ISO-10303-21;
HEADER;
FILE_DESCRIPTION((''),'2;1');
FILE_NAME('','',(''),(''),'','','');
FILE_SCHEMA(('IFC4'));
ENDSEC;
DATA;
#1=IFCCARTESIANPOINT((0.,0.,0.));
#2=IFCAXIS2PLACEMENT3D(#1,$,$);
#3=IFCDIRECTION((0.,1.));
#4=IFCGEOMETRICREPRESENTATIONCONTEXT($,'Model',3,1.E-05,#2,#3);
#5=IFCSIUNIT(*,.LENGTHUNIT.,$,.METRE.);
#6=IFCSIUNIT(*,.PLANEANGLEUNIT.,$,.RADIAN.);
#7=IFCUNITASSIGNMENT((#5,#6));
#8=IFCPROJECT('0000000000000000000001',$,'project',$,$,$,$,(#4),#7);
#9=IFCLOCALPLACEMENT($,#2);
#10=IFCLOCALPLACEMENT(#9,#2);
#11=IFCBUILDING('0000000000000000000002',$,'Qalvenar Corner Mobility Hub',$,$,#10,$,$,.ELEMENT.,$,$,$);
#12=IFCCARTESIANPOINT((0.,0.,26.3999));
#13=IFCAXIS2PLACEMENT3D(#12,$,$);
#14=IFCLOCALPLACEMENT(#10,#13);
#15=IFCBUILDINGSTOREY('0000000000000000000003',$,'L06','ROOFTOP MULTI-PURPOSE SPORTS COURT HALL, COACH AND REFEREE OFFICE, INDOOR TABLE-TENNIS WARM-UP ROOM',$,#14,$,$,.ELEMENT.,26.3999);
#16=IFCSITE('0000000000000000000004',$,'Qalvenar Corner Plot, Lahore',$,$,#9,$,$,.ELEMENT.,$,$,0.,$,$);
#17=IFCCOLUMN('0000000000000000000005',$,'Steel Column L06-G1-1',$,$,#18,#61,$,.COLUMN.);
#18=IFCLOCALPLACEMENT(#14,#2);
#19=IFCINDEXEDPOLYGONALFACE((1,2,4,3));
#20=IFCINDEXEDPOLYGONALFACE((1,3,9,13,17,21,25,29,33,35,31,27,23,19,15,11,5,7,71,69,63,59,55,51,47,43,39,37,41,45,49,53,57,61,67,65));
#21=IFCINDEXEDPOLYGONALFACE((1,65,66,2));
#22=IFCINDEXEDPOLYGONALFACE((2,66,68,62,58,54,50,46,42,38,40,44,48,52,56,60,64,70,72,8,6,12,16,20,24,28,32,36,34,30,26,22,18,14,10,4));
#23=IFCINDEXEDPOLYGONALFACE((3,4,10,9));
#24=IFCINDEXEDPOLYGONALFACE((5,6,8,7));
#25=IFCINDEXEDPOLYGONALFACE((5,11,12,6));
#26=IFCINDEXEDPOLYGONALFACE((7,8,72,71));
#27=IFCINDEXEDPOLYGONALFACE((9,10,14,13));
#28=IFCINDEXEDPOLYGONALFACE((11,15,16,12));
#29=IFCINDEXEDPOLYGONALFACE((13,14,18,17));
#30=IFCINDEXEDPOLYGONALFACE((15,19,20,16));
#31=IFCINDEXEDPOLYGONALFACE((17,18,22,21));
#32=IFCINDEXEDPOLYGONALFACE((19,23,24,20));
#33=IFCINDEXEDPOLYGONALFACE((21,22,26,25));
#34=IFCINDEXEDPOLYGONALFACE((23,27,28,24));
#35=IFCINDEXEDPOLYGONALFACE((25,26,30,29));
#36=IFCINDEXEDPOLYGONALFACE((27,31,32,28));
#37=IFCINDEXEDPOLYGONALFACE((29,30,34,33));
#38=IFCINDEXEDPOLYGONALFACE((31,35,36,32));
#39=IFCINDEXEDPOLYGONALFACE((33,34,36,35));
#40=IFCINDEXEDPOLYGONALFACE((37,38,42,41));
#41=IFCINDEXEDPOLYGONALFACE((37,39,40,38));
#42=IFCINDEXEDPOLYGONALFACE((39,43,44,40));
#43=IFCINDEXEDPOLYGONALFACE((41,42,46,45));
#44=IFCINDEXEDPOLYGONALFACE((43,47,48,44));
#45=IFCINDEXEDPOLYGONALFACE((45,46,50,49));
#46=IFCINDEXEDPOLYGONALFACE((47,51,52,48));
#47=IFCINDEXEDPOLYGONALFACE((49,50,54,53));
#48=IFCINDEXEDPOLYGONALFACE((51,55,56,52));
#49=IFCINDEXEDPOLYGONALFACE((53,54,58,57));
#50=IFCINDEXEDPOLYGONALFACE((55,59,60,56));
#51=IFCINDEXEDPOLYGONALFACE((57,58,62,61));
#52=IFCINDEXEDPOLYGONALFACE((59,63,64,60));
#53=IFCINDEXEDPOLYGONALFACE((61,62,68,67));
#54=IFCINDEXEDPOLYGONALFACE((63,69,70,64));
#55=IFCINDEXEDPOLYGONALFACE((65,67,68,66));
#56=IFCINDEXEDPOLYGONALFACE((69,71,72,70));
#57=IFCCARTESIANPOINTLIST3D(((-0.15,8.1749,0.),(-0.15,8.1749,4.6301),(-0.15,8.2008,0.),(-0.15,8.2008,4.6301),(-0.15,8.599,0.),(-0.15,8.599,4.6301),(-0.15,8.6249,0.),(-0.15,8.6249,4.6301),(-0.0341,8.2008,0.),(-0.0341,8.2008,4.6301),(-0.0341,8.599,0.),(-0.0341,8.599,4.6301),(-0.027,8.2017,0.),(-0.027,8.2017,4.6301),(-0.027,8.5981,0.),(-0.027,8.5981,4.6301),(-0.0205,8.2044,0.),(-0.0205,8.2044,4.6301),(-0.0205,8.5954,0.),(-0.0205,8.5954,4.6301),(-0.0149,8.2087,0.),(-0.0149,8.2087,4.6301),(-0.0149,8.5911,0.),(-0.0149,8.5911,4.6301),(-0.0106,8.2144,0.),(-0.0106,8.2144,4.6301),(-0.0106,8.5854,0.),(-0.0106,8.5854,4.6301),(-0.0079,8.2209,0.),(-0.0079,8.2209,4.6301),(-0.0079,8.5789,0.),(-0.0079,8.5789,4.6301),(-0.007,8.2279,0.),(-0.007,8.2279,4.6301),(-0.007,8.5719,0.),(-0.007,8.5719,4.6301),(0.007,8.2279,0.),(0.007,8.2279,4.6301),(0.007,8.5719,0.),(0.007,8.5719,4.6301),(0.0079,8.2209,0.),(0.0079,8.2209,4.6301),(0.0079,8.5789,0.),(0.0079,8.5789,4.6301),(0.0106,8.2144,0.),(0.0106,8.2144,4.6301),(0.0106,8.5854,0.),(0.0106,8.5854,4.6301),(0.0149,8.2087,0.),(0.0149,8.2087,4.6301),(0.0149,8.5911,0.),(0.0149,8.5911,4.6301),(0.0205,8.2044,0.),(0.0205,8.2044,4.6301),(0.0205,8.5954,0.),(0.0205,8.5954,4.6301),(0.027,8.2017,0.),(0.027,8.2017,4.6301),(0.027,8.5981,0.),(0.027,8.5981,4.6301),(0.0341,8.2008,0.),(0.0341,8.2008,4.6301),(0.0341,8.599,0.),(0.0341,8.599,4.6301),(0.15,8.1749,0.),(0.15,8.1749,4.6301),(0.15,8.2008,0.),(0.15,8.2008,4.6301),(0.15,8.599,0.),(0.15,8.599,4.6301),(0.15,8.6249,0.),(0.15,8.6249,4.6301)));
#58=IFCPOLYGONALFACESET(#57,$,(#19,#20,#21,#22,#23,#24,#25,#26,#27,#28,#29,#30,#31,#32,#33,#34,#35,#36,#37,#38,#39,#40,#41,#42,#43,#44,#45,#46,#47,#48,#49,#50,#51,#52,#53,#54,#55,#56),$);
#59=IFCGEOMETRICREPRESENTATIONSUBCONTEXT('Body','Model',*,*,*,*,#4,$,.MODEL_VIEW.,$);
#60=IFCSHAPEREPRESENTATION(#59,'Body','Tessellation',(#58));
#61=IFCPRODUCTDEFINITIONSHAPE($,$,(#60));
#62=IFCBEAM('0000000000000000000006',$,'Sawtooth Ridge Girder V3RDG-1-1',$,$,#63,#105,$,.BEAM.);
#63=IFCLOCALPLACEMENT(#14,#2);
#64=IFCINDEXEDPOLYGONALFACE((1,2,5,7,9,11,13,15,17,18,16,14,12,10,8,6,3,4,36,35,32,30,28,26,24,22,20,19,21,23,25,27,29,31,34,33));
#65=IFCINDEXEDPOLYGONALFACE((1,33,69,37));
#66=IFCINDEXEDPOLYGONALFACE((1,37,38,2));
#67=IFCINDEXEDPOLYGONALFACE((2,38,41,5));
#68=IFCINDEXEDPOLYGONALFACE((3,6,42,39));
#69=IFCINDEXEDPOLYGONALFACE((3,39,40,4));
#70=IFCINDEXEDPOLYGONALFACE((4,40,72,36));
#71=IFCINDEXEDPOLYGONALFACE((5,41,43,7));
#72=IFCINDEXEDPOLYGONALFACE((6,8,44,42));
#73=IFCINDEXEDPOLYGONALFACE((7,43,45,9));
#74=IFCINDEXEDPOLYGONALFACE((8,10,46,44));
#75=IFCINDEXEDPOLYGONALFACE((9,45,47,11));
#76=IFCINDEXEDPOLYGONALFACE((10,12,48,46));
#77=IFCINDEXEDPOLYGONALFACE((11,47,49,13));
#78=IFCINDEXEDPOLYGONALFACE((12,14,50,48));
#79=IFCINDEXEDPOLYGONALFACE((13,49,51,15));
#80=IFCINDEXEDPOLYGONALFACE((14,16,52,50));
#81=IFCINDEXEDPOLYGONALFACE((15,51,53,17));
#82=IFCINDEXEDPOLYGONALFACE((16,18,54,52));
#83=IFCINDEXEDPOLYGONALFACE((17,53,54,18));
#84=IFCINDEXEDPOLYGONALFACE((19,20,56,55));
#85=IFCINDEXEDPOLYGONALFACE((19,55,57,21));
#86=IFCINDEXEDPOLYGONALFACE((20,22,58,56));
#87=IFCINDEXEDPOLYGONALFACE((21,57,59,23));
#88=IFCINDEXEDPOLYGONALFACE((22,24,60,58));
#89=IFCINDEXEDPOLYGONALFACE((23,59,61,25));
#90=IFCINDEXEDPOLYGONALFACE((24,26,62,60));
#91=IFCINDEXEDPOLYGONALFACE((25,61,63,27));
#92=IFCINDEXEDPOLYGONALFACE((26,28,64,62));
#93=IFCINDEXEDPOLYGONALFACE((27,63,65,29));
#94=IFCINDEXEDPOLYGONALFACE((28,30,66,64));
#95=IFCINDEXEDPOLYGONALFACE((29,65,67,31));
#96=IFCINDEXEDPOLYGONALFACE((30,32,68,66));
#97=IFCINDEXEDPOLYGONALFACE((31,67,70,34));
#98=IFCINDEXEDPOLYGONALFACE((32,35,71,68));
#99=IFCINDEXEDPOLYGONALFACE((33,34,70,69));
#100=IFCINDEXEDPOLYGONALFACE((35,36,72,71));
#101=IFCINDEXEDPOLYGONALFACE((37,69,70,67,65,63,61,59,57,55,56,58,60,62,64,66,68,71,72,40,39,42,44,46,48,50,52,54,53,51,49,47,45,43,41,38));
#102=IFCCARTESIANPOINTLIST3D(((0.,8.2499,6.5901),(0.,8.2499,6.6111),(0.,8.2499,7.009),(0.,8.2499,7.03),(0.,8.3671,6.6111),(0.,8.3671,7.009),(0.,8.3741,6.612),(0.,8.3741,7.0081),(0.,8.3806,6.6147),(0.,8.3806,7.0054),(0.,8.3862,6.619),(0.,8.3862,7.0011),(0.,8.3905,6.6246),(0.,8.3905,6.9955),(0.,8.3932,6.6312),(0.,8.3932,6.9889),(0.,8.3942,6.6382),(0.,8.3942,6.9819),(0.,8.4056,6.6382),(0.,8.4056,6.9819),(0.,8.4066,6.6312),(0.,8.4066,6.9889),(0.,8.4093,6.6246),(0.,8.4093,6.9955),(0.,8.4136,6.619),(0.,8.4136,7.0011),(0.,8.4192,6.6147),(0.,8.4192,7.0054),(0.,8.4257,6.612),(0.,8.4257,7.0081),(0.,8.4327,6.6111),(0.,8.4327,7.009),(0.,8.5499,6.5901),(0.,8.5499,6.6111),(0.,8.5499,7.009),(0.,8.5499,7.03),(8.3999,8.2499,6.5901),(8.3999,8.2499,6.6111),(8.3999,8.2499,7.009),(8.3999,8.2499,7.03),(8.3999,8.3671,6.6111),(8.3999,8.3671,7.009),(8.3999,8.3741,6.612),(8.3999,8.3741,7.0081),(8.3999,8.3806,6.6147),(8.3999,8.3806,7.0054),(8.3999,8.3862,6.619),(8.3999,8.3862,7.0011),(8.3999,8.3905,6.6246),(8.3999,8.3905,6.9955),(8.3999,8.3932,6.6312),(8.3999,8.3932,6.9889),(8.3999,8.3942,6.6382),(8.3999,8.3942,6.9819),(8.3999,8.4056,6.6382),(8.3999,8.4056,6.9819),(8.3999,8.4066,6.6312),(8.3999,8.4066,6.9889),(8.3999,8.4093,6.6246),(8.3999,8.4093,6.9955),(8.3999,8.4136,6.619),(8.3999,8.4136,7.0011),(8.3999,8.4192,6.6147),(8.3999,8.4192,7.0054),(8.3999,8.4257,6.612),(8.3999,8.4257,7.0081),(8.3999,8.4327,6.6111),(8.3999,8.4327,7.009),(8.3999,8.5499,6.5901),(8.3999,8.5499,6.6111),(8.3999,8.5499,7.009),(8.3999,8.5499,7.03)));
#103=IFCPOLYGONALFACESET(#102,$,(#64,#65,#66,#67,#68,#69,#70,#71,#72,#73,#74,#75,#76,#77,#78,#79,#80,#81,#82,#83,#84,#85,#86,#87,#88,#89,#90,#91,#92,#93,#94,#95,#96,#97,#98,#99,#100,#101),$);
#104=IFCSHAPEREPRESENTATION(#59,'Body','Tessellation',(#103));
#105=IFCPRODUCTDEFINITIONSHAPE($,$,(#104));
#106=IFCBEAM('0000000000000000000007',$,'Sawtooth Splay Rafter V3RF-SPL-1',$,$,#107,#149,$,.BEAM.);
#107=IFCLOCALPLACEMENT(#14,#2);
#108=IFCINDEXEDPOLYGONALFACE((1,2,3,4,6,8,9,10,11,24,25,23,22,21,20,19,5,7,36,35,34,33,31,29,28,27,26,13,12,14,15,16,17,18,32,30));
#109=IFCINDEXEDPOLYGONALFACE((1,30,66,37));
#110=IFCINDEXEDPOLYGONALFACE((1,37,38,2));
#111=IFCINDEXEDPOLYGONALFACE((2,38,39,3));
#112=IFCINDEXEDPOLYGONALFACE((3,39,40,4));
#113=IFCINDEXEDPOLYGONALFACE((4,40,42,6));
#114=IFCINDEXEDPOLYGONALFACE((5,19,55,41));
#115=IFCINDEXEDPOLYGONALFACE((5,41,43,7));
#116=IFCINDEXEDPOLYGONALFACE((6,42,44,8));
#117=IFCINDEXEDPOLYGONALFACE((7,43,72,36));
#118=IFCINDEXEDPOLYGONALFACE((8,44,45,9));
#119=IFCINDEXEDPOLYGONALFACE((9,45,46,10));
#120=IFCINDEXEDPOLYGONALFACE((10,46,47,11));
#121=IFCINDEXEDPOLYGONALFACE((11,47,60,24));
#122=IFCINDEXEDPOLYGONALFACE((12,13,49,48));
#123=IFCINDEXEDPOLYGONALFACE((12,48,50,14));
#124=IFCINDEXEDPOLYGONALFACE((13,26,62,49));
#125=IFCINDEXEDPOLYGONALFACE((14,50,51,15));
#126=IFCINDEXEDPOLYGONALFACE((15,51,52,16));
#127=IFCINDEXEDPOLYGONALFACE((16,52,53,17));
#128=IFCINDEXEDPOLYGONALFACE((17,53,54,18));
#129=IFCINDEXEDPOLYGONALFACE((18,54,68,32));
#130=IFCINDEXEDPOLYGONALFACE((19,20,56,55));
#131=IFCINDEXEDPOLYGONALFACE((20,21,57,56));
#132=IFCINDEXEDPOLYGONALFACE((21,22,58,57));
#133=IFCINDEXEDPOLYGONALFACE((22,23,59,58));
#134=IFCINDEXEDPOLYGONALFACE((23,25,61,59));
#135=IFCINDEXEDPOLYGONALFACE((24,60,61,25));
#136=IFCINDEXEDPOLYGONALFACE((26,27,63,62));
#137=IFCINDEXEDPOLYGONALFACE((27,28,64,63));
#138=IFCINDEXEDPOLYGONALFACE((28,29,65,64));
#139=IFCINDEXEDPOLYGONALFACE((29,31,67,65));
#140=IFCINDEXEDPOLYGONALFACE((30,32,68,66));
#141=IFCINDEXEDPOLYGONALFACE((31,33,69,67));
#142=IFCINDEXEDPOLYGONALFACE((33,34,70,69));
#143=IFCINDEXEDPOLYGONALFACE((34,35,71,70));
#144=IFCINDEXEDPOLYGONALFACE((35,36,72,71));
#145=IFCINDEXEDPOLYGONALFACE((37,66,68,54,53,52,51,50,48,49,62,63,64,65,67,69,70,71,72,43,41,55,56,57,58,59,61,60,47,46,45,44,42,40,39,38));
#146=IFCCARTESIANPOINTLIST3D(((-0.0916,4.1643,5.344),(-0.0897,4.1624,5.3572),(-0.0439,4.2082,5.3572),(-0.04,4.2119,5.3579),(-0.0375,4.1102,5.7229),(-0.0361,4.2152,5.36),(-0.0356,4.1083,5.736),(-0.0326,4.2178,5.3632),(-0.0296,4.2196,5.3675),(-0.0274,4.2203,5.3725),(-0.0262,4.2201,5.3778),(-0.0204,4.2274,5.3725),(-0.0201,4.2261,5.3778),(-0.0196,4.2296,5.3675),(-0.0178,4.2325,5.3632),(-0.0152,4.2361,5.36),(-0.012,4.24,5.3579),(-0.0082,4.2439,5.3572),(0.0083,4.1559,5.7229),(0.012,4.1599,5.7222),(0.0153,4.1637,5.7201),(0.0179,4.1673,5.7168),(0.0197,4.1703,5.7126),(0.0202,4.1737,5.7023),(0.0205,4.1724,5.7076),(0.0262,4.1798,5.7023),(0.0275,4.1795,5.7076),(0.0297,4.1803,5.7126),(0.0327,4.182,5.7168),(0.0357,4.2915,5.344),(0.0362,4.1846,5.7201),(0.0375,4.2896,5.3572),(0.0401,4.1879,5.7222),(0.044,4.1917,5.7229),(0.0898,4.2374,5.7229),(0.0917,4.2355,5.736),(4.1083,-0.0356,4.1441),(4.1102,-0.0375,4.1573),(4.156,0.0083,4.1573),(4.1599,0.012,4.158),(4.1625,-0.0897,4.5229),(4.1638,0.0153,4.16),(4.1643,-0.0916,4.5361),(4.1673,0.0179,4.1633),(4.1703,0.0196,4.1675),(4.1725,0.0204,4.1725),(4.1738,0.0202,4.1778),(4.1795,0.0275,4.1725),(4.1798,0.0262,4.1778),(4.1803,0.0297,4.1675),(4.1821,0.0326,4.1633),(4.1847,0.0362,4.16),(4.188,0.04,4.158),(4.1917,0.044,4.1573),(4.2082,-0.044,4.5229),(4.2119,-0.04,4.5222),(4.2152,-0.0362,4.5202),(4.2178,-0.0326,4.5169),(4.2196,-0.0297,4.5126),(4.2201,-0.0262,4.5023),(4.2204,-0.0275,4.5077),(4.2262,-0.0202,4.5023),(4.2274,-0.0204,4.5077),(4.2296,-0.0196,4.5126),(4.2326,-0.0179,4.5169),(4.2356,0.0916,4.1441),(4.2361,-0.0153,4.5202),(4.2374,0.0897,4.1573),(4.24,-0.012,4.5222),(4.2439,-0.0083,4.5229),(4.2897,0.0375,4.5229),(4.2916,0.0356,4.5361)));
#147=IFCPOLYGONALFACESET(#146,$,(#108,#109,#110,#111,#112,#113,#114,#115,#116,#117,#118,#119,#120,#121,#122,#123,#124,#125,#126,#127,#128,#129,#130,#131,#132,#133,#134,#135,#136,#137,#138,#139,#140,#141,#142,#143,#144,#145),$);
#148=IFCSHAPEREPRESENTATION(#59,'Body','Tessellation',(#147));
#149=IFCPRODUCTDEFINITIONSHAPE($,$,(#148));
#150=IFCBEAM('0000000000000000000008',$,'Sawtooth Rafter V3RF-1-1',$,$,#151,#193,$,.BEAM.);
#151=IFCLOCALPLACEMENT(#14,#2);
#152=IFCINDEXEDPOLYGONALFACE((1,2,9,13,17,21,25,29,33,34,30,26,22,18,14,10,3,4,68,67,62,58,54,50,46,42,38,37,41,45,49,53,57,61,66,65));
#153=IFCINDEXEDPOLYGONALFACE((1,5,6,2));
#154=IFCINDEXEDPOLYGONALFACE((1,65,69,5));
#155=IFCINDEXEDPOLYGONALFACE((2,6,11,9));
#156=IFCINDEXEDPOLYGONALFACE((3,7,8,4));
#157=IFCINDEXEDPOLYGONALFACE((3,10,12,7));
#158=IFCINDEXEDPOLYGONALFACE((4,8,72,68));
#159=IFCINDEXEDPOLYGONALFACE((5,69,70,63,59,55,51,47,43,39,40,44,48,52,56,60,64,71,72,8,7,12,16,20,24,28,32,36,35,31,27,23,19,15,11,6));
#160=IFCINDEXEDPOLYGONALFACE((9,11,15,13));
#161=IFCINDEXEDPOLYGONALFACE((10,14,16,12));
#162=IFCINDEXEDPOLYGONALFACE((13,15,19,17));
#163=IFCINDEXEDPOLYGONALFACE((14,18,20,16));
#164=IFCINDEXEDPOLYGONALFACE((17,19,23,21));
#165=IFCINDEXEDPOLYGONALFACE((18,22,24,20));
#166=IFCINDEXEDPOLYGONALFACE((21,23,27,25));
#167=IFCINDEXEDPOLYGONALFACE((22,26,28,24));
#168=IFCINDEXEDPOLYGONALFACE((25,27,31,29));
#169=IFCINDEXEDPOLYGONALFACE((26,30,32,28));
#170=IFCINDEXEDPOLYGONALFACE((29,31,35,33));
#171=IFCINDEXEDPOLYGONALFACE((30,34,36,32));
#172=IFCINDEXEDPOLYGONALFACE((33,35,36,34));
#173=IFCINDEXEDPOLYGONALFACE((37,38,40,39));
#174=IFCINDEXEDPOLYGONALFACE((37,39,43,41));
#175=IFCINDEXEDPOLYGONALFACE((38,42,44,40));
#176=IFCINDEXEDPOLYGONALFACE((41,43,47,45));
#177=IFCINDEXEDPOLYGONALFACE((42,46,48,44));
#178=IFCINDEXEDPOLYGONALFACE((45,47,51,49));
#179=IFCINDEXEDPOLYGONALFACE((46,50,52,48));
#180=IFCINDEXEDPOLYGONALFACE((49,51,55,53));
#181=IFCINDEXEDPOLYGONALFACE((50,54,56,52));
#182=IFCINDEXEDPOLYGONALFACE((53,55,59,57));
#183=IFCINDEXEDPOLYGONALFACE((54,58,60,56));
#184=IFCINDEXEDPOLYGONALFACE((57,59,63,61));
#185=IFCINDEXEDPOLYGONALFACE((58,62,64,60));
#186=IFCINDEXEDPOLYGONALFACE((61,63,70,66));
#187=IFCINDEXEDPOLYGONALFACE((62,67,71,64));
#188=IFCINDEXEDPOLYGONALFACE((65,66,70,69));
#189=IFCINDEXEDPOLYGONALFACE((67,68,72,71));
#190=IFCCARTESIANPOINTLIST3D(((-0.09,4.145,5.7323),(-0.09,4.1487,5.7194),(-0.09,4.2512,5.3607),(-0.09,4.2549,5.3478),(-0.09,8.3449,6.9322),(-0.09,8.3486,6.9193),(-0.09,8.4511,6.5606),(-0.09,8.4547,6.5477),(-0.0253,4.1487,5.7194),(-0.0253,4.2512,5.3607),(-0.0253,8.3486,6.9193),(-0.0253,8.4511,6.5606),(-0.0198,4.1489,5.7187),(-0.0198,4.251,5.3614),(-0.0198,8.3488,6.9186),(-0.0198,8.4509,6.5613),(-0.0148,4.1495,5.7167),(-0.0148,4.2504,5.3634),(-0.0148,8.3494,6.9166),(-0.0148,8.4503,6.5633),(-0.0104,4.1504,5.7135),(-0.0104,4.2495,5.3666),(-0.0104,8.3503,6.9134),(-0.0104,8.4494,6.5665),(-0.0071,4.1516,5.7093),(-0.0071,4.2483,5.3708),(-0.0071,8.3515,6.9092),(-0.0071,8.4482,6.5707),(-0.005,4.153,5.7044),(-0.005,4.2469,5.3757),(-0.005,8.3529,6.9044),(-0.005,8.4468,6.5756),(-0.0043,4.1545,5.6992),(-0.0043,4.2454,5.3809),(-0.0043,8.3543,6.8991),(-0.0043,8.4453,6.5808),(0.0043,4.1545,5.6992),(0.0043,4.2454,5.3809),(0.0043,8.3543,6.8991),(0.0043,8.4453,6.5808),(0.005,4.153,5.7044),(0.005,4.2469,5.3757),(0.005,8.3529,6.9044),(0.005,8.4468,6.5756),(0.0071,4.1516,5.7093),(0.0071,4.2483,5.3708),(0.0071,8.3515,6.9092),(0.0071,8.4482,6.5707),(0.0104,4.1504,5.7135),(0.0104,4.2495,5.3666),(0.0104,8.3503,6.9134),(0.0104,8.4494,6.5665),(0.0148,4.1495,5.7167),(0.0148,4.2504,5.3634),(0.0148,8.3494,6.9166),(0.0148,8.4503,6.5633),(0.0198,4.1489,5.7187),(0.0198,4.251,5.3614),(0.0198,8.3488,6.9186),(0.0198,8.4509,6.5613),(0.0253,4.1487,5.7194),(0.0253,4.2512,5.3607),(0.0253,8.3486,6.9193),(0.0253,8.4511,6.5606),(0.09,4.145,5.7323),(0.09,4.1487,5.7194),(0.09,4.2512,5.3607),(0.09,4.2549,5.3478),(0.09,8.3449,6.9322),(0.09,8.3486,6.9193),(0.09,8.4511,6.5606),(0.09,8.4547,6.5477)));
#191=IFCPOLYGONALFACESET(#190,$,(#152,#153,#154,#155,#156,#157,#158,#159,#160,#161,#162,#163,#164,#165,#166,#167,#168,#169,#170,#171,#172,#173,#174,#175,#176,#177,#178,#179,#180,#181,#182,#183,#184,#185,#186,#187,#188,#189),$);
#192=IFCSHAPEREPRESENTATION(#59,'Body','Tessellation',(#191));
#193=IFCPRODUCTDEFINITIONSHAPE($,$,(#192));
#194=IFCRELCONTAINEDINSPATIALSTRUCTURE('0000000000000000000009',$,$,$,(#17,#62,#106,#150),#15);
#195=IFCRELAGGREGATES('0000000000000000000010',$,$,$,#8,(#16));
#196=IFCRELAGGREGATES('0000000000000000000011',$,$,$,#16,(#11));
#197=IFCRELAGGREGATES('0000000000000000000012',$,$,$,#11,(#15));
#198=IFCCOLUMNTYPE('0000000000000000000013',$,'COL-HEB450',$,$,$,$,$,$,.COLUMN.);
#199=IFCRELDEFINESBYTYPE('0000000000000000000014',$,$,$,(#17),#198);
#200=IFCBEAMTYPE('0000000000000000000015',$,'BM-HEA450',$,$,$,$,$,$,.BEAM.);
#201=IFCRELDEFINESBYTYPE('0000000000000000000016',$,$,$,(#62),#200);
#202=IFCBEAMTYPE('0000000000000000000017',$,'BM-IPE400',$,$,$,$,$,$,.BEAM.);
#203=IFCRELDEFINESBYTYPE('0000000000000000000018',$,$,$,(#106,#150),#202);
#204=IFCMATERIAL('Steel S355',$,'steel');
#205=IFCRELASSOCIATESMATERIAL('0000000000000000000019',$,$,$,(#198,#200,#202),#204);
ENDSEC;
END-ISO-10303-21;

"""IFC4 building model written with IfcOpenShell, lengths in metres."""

from ifc_helpers import new_model, si_unit, direction, frame, origin, origin_2d, place, context, subcontext, project, spatial, i_section, extrude, material, material_profile, profile_set, type_object, element, save


model = new_model("IFC4")

# Units and contexts
model_context = context("Model", 3, precision=1e-05, world=origin(), true_north=direction((0.0, 1.0)))
body_context = subcontext(model_context, "Body", "Model", "MODEL_VIEW")
ifc_project = project(units=[si_unit("LENGTHUNIT", "METRE"), si_unit("PLANEANGLEUNIT", "RADIAN")], contexts=[model_context])

# Site, building, storey
site_placement = place(None, origin())
site = spatial("IfcSite", under=ifc_project, at=site_placement, Name="Qalvenar Corner Plot, Lahore", CompositionType="ELEMENT", RefElevation=0.0)
building_placement = place(site_placement, origin())
building = spatial("IfcBuilding", under=site, at=building_placement, Name="Qalvenar Corner Mobility Hub", CompositionType="ELEMENT")
storey_placement = place(building_placement, frame((0.0, 0.0, 26.3999)))
storey = spatial("IfcBuildingStorey", under=building, at=storey_placement, Name="L06", Description="ROOFTOP MULTI-PURPOSE SPORTS COURT HALL, COACH AND REFEREE OFFICE, INDOOR TABLE-TENNIS WARM-UP ROOM", CompositionType="ELEMENT", Elevation=26.3999)

# Column
ifc_material_1 = material(Name="Steel S355", Category="steel")
ifc_material_profile_1 = material_profile(ifc_material_1, i_section(OverallWidth=0.3, OverallDepth=0.45, WebThickness=0.0139, FlangeThickness=0.0259, FilletRadius=0.0271, at=origin_2d()), Name="HEB450")
ifc_profile_set_1 = profile_set([ifc_material_profile_1], Name="Steel S355")
column_type_1 = type_object("IfcColumnType", Name="COL-HEB450", PredefinedType="COLUMN", material=ifc_profile_set_1)
column_1_placement = place(storey_placement, frame((0.0, 8.3999, 0.0), z_axis=(0.0, 0.0, 1.0), x_axis=(1.0, 0.0, 0.0)))
element("IfcColumn", 1, at=column_1_placement, inside=storey, type_object=column_type_1, Name="Steel Column L06-G1-1", PredefinedType="COLUMN", context=body_context, shape_type="SweptSolid", body=[
    extrude(i_section(OverallWidth=0.3, OverallDepth=0.45, WebThickness=0.0139, FlangeThickness=0.0259, FilletRadius=0.0271, at=origin_2d()), origin(), (0.0, 0.0, 1.0), 4.6301),
])

# Beams
ifc_material_profile_2 = material_profile(ifc_material_1, i_section(OverallWidth=0.3, OverallDepth=0.4399, WebThickness=0.0115, FlangeThickness=0.021, FilletRadius=0.0271, at=origin_2d()), Name="HEA450")
ifc_profile_set_2 = profile_set([ifc_material_profile_2], Name="Steel S355")
beam_type_1 = type_object("IfcBeamType", Name="BM-HEA450", PredefinedType="BEAM", material=ifc_profile_set_2)
beam_1_placement = place(storey_placement, frame((0.0, 8.3999, 6.8101), z_axis=(1.0, 0.0, 0.0), x_axis=(0.0, 1.0, 0.0)))
element("IfcBeam", 2, at=beam_1_placement, inside=storey, type_object=beam_type_1, Name="Sawtooth Ridge Girder V3RDG-1-1", PredefinedType="BEAM", context=body_context, shape_type="SweptSolid", body=[
    extrude(i_section(OverallWidth=0.3, OverallDepth=0.4399, WebThickness=0.0115, FlangeThickness=0.021, FilletRadius=0.0271, at=origin_2d()), origin(), (0.0, 0.0, 1.0), 8.3999),
])
ifc_material_profile_3 = material_profile(ifc_material_1, i_section(OverallWidth=0.1799, OverallDepth=0.3999, WebThickness=0.0085, FlangeThickness=0.0134, FilletRadius=0.021, at=origin_2d()), Name="IPE400")
ifc_profile_set_3 = profile_set([ifc_material_profile_3], Name="Steel S355")
beam_type_2 = type_object("IfcBeamType", Name="BM-IPE400", PredefinedType="BEAM", material=ifc_profile_set_3)
beam_2_placement = place(storey_placement, frame((4.2, 0.0, 4.3401), z_axis=(-0.693104, 0.693104, 0.198024), x_axis=(-0.707107, -0.707107, 0.0)))
element("IfcBeam", 3, at=beam_2_placement, inside=storey, type_object=beam_type_2, Name="Sawtooth Splay Rafter V3RF-SPL-1", PredefinedType="BEAM", context=body_context, shape_type="SweptSolid", body=[
    extrude(i_section(OverallWidth=0.1799, OverallDepth=0.3999, WebThickness=0.0085, FlangeThickness=0.0134, FilletRadius=0.021, at=origin_2d()), origin(), (0.0, 0.0, 1.0), 6.0596),
])
beam_3_placement = place(storey_placement, frame((0.0, 4.2, 5.54), z_axis=(0.0, 0.961526, 0.274714), x_axis=(-1.0, 0.0, 0.0)))
element("IfcBeam", 4, at=beam_3_placement, inside=storey, type_object=beam_type_2, Name="Sawtooth Rafter V3RF-1-1", PredefinedType="BEAM", context=body_context, shape_type="SweptSolid", body=[
    extrude(i_section(OverallWidth=0.1799, OverallDepth=0.3999, WebThickness=0.0085, FlangeThickness=0.0134, FilletRadius=0.021, at=origin_2d()), origin(), (0.0, 0.0, 1.0), 4.3679),
])

save(model, "model.ifc")
